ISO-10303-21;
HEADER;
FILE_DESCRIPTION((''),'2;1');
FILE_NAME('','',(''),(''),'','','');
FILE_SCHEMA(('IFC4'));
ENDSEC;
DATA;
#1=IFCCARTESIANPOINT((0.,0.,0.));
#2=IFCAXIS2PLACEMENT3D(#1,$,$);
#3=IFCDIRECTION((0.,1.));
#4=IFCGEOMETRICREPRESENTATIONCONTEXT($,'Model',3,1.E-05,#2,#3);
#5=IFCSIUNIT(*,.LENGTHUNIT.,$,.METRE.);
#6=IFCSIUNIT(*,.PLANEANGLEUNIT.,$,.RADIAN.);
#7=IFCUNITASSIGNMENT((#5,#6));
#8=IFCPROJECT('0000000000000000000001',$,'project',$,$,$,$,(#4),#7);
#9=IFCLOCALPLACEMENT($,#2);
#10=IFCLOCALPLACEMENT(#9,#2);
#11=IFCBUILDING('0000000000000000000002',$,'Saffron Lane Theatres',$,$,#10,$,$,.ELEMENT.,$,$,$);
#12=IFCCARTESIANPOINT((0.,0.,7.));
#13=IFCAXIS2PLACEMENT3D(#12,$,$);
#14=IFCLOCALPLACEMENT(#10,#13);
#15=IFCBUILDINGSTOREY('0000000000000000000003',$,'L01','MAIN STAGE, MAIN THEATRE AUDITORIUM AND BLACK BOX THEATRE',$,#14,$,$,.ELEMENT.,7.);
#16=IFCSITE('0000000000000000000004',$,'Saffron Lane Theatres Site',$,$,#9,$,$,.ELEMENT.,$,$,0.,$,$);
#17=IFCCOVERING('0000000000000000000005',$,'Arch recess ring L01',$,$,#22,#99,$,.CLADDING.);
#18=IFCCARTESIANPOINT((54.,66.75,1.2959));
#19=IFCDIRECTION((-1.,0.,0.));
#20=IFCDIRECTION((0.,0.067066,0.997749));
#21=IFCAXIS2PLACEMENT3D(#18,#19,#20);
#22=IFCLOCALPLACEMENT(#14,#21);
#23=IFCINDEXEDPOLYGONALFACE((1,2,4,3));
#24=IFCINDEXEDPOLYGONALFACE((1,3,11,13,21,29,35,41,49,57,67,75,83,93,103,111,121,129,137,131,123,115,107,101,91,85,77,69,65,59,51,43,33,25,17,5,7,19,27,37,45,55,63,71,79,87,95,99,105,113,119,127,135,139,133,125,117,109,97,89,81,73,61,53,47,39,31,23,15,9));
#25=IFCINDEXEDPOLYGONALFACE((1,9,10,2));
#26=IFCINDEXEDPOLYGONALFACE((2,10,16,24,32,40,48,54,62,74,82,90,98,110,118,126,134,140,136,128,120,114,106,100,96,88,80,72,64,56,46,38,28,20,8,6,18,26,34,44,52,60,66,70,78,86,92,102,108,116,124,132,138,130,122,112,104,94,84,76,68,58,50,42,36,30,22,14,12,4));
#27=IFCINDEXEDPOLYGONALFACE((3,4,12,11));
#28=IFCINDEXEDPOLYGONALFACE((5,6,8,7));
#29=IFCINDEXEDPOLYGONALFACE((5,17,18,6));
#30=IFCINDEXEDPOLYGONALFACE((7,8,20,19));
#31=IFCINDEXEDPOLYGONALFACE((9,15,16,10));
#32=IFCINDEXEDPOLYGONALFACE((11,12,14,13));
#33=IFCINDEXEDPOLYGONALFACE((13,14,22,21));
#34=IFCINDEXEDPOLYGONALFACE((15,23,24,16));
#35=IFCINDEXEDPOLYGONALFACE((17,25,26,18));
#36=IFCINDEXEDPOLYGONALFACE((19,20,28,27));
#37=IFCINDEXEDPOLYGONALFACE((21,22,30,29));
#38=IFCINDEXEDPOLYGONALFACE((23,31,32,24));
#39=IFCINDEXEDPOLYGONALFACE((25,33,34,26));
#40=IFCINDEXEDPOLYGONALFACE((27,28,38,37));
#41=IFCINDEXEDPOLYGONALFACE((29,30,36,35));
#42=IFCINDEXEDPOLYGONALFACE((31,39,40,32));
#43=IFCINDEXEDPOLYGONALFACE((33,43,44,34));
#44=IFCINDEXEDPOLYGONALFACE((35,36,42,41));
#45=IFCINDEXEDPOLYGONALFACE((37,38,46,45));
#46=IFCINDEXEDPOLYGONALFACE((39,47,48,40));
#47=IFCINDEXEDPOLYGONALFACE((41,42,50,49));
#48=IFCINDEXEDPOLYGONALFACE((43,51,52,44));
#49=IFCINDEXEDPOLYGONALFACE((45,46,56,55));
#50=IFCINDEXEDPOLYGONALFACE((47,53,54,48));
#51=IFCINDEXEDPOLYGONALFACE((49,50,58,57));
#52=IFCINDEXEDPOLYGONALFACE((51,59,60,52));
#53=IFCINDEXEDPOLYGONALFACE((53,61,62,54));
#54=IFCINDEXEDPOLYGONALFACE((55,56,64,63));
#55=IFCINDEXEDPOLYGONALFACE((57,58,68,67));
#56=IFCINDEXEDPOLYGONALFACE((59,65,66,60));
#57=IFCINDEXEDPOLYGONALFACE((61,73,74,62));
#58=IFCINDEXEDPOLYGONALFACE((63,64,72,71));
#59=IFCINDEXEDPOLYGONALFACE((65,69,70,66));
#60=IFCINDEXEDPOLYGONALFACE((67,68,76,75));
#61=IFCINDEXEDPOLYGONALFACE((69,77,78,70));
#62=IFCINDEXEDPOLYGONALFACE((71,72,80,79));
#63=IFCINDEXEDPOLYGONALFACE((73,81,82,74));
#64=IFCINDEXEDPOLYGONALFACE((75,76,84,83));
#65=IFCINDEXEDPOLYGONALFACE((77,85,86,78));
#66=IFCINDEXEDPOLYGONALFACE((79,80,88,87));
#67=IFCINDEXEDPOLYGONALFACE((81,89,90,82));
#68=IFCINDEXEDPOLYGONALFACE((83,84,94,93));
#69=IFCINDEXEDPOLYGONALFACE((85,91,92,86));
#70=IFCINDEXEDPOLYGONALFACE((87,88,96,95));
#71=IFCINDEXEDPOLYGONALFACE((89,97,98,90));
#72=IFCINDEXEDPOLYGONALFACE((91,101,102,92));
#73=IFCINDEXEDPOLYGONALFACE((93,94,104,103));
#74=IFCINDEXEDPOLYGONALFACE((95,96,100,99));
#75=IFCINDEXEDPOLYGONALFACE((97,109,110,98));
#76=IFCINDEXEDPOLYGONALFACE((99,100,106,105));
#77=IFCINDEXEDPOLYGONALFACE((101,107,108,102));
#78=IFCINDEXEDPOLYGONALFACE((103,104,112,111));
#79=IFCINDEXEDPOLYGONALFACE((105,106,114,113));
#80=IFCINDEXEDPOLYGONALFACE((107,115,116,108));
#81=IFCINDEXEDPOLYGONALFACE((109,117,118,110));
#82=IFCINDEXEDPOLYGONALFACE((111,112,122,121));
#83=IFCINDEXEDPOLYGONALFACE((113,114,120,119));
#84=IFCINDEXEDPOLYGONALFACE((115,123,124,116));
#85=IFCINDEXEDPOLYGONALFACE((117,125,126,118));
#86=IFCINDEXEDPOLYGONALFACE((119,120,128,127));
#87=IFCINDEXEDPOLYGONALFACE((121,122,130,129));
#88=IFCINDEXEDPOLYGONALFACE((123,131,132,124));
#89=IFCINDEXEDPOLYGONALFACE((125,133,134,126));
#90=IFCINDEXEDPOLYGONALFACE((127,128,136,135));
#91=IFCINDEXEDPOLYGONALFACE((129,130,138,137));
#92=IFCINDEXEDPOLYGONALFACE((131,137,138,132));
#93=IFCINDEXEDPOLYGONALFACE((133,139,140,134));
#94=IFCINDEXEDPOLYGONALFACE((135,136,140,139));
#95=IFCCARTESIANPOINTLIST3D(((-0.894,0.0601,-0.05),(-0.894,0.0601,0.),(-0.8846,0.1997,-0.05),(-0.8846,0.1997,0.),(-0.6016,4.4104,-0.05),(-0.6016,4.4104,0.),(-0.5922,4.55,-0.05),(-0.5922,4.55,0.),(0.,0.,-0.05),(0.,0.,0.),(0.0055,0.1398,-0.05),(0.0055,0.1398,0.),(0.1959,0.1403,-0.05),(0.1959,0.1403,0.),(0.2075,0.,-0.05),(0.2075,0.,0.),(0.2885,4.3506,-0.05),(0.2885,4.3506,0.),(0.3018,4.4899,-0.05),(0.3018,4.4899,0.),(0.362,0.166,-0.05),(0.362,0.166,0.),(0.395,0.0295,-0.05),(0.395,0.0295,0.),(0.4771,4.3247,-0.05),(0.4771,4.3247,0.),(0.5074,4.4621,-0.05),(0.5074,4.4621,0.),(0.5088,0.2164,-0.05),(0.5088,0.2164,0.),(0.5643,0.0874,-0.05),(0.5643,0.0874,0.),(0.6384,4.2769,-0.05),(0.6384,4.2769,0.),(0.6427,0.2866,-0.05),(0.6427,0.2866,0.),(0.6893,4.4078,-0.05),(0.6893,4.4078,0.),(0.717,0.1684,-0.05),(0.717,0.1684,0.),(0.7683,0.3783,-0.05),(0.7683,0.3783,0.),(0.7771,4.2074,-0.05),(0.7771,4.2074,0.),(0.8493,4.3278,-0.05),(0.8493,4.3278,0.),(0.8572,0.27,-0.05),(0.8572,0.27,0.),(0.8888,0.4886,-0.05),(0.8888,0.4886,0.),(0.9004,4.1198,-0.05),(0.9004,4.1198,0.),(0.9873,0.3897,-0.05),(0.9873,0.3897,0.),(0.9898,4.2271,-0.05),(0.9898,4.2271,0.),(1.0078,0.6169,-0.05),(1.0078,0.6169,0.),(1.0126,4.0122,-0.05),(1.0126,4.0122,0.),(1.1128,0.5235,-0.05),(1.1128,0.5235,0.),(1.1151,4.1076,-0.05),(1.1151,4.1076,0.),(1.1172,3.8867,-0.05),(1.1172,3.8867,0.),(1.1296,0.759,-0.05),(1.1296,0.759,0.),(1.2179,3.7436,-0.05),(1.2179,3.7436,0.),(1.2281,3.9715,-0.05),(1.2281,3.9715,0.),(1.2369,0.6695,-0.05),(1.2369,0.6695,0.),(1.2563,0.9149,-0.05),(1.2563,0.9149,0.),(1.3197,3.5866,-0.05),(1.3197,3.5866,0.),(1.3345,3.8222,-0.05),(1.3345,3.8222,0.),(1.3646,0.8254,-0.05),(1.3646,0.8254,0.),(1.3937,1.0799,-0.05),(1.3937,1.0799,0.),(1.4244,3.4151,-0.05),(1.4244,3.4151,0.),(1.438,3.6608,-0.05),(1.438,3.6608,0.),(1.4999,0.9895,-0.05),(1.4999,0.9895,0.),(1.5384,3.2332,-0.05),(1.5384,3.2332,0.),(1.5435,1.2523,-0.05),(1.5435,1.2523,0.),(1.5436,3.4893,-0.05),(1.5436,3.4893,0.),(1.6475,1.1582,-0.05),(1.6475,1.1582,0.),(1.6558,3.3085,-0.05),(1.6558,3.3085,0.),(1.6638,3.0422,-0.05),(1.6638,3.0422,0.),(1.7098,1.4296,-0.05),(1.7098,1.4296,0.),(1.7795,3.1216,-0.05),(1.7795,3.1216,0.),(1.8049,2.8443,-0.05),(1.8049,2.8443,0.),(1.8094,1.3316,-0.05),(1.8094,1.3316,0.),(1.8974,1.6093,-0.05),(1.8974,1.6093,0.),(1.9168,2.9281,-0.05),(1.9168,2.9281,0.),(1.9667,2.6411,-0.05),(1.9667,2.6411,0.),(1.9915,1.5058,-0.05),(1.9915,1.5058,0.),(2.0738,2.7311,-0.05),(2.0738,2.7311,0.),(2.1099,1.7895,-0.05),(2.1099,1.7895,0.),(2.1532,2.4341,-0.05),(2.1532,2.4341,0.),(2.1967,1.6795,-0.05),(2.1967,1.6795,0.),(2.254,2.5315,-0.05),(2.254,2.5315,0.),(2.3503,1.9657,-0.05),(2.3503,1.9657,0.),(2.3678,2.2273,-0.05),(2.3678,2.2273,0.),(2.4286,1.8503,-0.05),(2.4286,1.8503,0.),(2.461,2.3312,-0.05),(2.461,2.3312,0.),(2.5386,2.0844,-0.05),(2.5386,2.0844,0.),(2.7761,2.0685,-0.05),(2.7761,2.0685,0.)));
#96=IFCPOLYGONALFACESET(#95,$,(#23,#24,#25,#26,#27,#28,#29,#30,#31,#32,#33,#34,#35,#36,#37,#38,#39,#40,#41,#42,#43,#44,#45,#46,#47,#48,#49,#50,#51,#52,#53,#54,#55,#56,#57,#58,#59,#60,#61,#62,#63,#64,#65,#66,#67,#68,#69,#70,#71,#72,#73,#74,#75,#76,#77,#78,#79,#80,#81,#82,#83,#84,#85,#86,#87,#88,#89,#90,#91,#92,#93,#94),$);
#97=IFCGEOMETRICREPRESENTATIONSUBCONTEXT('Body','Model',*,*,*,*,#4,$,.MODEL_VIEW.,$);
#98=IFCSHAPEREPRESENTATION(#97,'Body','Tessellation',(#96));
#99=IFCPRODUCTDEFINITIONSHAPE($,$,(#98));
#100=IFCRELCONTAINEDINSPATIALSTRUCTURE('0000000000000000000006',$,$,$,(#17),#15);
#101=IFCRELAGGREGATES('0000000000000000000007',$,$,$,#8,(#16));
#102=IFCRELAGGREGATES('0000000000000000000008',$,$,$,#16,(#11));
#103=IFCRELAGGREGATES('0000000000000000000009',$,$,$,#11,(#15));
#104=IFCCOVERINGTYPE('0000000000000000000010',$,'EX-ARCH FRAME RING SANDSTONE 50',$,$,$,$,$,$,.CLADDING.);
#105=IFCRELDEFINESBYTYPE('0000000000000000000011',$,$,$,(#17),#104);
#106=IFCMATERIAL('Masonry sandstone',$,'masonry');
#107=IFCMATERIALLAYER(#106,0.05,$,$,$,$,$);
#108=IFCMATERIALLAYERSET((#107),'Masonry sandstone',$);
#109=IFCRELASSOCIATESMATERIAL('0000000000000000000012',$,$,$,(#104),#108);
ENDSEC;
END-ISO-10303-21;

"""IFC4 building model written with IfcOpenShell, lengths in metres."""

from ifc_helpers import new_model, si_unit, direction, frame, origin, place, context, subcontext, project, spatial, polyline, outline, extrude, material, layer, layer_set, type_object, element, save


model = new_model("IFC4")

# Units and contexts
model_context = context("Model", 3, precision=1e-05, world=origin(), true_north=direction((0.0, 1.0)))
body_context = subcontext(model_context, "Body", "Model", "MODEL_VIEW")
ifc_project = project(units=[si_unit("LENGTHUNIT", "METRE"), si_unit("PLANEANGLEUNIT", "RADIAN")], contexts=[model_context])

# Site, building, storey
site_placement = place(None, origin())
site = spatial("IfcSite", under=ifc_project, at=site_placement, Name="Saffron Lane Theatres Site", CompositionType="ELEMENT", RefElevation=0.0)
building_placement = place(site_placement, origin())
building = spatial("IfcBuilding", under=site, at=building_placement, Name="Saffron Lane Theatres", CompositionType="ELEMENT")
storey_placement = place(building_placement, frame((0.0, 0.0, 7.0)))
storey = spatial("IfcBuildingStorey", under=building, at=storey_placement, Name="L01", Description="MAIN STAGE, MAIN THEATRE AUDITORIUM AND BLACK BOX THEATRE", CompositionType="ELEMENT", Elevation=7.0)

# Covering
ifc_material_1 = material(Name="Masonry sandstone", Category="masonry")
ifc_layer_1 = layer(ifc_material_1, 0.05)
ifc_layer_set_1 = layer_set([ifc_layer_1], Name="Masonry sandstone")
covering_type_1 = type_object("IfcCoveringType", Name="EX-ARCH FRAME RING SANDSTONE 50", PredefinedType="CLADDING", material=ifc_layer_set_1)
covering_1_placement = place(storey_placement, frame((54.0, 66.75, 1.2959), z_axis=(-1.0, 0.0, 0.0), x_axis=(0.0, 0.067066, 0.997749)))
element("IfcCovering", 1, at=covering_1_placement, inside=storey, type_object=covering_type_1, Name="Arch recess ring L01", PredefinedType="CLADDING", context=body_context, shape_type="SweptSolid", body=[
    extrude(outline(polyline([(0.0, 0.0), (0.2075, 0.0), (0.395, 0.0295), (0.5643, 0.0874), (0.717, 0.1684), (0.8572, 0.27), (0.9873, 0.3897), (1.1128, 0.5235), (1.2369, 0.6695), (1.3646, 0.8254), (1.4999, 0.9895), (1.6475, 1.1582), (1.8094, 1.3316), (1.9915, 1.5058), (2.1967, 1.6795), (2.4286, 1.8503), (2.7761, 2.0685), (2.461, 2.3312), (2.254, 2.5315), (2.0738, 2.7311), (1.9168, 2.9281), (1.7795, 3.1216), (1.6558, 3.3085), (1.5436, 3.4893), (1.438, 3.6608), (1.3345, 3.8222), (1.2281, 3.9715), (1.1151, 4.1076), (0.9898, 4.2271), (0.8493, 4.3278), (0.6893, 4.4078), (0.5074, 4.4621), (0.3018, 4.4899), (-0.5922, 4.55), (-0.6016, 4.4104), (0.2885, 4.3506), (0.4771, 4.3247), (0.6384, 4.2769), (0.7771, 4.2074), (0.9004, 4.1198), (1.0126, 4.0122), (1.1172, 3.8867), (1.2179, 3.7436), (1.3197, 3.5866), (1.4244, 3.4151), (1.5384, 3.2332), (1.6638, 3.0422), (1.8049, 2.8443), (1.9667, 2.6411), (2.1532, 2.4341), (2.3678, 2.2273), (2.5386, 2.0844), (2.3503, 1.9657), (2.1099, 1.7895), (1.8974, 1.6093), (1.7098, 1.4296), (1.5435, 1.2523), (1.3937, 1.0799), (1.2563, 0.9149), (1.1296, 0.759), (1.0078, 0.6169), (0.8888, 0.4886), (0.7683, 0.3783), (0.6427, 0.2866), (0.5088, 0.2164), (0.362, 0.166), (0.1959, 0.1403), (0.0055, 0.1398), (-0.8846, 0.1997), (-0.894, 0.0601), (0.0, 0.0)])), origin(), (0.0, 0.0, -1.0), 0.05),
])

save(model, "model.ifc")
